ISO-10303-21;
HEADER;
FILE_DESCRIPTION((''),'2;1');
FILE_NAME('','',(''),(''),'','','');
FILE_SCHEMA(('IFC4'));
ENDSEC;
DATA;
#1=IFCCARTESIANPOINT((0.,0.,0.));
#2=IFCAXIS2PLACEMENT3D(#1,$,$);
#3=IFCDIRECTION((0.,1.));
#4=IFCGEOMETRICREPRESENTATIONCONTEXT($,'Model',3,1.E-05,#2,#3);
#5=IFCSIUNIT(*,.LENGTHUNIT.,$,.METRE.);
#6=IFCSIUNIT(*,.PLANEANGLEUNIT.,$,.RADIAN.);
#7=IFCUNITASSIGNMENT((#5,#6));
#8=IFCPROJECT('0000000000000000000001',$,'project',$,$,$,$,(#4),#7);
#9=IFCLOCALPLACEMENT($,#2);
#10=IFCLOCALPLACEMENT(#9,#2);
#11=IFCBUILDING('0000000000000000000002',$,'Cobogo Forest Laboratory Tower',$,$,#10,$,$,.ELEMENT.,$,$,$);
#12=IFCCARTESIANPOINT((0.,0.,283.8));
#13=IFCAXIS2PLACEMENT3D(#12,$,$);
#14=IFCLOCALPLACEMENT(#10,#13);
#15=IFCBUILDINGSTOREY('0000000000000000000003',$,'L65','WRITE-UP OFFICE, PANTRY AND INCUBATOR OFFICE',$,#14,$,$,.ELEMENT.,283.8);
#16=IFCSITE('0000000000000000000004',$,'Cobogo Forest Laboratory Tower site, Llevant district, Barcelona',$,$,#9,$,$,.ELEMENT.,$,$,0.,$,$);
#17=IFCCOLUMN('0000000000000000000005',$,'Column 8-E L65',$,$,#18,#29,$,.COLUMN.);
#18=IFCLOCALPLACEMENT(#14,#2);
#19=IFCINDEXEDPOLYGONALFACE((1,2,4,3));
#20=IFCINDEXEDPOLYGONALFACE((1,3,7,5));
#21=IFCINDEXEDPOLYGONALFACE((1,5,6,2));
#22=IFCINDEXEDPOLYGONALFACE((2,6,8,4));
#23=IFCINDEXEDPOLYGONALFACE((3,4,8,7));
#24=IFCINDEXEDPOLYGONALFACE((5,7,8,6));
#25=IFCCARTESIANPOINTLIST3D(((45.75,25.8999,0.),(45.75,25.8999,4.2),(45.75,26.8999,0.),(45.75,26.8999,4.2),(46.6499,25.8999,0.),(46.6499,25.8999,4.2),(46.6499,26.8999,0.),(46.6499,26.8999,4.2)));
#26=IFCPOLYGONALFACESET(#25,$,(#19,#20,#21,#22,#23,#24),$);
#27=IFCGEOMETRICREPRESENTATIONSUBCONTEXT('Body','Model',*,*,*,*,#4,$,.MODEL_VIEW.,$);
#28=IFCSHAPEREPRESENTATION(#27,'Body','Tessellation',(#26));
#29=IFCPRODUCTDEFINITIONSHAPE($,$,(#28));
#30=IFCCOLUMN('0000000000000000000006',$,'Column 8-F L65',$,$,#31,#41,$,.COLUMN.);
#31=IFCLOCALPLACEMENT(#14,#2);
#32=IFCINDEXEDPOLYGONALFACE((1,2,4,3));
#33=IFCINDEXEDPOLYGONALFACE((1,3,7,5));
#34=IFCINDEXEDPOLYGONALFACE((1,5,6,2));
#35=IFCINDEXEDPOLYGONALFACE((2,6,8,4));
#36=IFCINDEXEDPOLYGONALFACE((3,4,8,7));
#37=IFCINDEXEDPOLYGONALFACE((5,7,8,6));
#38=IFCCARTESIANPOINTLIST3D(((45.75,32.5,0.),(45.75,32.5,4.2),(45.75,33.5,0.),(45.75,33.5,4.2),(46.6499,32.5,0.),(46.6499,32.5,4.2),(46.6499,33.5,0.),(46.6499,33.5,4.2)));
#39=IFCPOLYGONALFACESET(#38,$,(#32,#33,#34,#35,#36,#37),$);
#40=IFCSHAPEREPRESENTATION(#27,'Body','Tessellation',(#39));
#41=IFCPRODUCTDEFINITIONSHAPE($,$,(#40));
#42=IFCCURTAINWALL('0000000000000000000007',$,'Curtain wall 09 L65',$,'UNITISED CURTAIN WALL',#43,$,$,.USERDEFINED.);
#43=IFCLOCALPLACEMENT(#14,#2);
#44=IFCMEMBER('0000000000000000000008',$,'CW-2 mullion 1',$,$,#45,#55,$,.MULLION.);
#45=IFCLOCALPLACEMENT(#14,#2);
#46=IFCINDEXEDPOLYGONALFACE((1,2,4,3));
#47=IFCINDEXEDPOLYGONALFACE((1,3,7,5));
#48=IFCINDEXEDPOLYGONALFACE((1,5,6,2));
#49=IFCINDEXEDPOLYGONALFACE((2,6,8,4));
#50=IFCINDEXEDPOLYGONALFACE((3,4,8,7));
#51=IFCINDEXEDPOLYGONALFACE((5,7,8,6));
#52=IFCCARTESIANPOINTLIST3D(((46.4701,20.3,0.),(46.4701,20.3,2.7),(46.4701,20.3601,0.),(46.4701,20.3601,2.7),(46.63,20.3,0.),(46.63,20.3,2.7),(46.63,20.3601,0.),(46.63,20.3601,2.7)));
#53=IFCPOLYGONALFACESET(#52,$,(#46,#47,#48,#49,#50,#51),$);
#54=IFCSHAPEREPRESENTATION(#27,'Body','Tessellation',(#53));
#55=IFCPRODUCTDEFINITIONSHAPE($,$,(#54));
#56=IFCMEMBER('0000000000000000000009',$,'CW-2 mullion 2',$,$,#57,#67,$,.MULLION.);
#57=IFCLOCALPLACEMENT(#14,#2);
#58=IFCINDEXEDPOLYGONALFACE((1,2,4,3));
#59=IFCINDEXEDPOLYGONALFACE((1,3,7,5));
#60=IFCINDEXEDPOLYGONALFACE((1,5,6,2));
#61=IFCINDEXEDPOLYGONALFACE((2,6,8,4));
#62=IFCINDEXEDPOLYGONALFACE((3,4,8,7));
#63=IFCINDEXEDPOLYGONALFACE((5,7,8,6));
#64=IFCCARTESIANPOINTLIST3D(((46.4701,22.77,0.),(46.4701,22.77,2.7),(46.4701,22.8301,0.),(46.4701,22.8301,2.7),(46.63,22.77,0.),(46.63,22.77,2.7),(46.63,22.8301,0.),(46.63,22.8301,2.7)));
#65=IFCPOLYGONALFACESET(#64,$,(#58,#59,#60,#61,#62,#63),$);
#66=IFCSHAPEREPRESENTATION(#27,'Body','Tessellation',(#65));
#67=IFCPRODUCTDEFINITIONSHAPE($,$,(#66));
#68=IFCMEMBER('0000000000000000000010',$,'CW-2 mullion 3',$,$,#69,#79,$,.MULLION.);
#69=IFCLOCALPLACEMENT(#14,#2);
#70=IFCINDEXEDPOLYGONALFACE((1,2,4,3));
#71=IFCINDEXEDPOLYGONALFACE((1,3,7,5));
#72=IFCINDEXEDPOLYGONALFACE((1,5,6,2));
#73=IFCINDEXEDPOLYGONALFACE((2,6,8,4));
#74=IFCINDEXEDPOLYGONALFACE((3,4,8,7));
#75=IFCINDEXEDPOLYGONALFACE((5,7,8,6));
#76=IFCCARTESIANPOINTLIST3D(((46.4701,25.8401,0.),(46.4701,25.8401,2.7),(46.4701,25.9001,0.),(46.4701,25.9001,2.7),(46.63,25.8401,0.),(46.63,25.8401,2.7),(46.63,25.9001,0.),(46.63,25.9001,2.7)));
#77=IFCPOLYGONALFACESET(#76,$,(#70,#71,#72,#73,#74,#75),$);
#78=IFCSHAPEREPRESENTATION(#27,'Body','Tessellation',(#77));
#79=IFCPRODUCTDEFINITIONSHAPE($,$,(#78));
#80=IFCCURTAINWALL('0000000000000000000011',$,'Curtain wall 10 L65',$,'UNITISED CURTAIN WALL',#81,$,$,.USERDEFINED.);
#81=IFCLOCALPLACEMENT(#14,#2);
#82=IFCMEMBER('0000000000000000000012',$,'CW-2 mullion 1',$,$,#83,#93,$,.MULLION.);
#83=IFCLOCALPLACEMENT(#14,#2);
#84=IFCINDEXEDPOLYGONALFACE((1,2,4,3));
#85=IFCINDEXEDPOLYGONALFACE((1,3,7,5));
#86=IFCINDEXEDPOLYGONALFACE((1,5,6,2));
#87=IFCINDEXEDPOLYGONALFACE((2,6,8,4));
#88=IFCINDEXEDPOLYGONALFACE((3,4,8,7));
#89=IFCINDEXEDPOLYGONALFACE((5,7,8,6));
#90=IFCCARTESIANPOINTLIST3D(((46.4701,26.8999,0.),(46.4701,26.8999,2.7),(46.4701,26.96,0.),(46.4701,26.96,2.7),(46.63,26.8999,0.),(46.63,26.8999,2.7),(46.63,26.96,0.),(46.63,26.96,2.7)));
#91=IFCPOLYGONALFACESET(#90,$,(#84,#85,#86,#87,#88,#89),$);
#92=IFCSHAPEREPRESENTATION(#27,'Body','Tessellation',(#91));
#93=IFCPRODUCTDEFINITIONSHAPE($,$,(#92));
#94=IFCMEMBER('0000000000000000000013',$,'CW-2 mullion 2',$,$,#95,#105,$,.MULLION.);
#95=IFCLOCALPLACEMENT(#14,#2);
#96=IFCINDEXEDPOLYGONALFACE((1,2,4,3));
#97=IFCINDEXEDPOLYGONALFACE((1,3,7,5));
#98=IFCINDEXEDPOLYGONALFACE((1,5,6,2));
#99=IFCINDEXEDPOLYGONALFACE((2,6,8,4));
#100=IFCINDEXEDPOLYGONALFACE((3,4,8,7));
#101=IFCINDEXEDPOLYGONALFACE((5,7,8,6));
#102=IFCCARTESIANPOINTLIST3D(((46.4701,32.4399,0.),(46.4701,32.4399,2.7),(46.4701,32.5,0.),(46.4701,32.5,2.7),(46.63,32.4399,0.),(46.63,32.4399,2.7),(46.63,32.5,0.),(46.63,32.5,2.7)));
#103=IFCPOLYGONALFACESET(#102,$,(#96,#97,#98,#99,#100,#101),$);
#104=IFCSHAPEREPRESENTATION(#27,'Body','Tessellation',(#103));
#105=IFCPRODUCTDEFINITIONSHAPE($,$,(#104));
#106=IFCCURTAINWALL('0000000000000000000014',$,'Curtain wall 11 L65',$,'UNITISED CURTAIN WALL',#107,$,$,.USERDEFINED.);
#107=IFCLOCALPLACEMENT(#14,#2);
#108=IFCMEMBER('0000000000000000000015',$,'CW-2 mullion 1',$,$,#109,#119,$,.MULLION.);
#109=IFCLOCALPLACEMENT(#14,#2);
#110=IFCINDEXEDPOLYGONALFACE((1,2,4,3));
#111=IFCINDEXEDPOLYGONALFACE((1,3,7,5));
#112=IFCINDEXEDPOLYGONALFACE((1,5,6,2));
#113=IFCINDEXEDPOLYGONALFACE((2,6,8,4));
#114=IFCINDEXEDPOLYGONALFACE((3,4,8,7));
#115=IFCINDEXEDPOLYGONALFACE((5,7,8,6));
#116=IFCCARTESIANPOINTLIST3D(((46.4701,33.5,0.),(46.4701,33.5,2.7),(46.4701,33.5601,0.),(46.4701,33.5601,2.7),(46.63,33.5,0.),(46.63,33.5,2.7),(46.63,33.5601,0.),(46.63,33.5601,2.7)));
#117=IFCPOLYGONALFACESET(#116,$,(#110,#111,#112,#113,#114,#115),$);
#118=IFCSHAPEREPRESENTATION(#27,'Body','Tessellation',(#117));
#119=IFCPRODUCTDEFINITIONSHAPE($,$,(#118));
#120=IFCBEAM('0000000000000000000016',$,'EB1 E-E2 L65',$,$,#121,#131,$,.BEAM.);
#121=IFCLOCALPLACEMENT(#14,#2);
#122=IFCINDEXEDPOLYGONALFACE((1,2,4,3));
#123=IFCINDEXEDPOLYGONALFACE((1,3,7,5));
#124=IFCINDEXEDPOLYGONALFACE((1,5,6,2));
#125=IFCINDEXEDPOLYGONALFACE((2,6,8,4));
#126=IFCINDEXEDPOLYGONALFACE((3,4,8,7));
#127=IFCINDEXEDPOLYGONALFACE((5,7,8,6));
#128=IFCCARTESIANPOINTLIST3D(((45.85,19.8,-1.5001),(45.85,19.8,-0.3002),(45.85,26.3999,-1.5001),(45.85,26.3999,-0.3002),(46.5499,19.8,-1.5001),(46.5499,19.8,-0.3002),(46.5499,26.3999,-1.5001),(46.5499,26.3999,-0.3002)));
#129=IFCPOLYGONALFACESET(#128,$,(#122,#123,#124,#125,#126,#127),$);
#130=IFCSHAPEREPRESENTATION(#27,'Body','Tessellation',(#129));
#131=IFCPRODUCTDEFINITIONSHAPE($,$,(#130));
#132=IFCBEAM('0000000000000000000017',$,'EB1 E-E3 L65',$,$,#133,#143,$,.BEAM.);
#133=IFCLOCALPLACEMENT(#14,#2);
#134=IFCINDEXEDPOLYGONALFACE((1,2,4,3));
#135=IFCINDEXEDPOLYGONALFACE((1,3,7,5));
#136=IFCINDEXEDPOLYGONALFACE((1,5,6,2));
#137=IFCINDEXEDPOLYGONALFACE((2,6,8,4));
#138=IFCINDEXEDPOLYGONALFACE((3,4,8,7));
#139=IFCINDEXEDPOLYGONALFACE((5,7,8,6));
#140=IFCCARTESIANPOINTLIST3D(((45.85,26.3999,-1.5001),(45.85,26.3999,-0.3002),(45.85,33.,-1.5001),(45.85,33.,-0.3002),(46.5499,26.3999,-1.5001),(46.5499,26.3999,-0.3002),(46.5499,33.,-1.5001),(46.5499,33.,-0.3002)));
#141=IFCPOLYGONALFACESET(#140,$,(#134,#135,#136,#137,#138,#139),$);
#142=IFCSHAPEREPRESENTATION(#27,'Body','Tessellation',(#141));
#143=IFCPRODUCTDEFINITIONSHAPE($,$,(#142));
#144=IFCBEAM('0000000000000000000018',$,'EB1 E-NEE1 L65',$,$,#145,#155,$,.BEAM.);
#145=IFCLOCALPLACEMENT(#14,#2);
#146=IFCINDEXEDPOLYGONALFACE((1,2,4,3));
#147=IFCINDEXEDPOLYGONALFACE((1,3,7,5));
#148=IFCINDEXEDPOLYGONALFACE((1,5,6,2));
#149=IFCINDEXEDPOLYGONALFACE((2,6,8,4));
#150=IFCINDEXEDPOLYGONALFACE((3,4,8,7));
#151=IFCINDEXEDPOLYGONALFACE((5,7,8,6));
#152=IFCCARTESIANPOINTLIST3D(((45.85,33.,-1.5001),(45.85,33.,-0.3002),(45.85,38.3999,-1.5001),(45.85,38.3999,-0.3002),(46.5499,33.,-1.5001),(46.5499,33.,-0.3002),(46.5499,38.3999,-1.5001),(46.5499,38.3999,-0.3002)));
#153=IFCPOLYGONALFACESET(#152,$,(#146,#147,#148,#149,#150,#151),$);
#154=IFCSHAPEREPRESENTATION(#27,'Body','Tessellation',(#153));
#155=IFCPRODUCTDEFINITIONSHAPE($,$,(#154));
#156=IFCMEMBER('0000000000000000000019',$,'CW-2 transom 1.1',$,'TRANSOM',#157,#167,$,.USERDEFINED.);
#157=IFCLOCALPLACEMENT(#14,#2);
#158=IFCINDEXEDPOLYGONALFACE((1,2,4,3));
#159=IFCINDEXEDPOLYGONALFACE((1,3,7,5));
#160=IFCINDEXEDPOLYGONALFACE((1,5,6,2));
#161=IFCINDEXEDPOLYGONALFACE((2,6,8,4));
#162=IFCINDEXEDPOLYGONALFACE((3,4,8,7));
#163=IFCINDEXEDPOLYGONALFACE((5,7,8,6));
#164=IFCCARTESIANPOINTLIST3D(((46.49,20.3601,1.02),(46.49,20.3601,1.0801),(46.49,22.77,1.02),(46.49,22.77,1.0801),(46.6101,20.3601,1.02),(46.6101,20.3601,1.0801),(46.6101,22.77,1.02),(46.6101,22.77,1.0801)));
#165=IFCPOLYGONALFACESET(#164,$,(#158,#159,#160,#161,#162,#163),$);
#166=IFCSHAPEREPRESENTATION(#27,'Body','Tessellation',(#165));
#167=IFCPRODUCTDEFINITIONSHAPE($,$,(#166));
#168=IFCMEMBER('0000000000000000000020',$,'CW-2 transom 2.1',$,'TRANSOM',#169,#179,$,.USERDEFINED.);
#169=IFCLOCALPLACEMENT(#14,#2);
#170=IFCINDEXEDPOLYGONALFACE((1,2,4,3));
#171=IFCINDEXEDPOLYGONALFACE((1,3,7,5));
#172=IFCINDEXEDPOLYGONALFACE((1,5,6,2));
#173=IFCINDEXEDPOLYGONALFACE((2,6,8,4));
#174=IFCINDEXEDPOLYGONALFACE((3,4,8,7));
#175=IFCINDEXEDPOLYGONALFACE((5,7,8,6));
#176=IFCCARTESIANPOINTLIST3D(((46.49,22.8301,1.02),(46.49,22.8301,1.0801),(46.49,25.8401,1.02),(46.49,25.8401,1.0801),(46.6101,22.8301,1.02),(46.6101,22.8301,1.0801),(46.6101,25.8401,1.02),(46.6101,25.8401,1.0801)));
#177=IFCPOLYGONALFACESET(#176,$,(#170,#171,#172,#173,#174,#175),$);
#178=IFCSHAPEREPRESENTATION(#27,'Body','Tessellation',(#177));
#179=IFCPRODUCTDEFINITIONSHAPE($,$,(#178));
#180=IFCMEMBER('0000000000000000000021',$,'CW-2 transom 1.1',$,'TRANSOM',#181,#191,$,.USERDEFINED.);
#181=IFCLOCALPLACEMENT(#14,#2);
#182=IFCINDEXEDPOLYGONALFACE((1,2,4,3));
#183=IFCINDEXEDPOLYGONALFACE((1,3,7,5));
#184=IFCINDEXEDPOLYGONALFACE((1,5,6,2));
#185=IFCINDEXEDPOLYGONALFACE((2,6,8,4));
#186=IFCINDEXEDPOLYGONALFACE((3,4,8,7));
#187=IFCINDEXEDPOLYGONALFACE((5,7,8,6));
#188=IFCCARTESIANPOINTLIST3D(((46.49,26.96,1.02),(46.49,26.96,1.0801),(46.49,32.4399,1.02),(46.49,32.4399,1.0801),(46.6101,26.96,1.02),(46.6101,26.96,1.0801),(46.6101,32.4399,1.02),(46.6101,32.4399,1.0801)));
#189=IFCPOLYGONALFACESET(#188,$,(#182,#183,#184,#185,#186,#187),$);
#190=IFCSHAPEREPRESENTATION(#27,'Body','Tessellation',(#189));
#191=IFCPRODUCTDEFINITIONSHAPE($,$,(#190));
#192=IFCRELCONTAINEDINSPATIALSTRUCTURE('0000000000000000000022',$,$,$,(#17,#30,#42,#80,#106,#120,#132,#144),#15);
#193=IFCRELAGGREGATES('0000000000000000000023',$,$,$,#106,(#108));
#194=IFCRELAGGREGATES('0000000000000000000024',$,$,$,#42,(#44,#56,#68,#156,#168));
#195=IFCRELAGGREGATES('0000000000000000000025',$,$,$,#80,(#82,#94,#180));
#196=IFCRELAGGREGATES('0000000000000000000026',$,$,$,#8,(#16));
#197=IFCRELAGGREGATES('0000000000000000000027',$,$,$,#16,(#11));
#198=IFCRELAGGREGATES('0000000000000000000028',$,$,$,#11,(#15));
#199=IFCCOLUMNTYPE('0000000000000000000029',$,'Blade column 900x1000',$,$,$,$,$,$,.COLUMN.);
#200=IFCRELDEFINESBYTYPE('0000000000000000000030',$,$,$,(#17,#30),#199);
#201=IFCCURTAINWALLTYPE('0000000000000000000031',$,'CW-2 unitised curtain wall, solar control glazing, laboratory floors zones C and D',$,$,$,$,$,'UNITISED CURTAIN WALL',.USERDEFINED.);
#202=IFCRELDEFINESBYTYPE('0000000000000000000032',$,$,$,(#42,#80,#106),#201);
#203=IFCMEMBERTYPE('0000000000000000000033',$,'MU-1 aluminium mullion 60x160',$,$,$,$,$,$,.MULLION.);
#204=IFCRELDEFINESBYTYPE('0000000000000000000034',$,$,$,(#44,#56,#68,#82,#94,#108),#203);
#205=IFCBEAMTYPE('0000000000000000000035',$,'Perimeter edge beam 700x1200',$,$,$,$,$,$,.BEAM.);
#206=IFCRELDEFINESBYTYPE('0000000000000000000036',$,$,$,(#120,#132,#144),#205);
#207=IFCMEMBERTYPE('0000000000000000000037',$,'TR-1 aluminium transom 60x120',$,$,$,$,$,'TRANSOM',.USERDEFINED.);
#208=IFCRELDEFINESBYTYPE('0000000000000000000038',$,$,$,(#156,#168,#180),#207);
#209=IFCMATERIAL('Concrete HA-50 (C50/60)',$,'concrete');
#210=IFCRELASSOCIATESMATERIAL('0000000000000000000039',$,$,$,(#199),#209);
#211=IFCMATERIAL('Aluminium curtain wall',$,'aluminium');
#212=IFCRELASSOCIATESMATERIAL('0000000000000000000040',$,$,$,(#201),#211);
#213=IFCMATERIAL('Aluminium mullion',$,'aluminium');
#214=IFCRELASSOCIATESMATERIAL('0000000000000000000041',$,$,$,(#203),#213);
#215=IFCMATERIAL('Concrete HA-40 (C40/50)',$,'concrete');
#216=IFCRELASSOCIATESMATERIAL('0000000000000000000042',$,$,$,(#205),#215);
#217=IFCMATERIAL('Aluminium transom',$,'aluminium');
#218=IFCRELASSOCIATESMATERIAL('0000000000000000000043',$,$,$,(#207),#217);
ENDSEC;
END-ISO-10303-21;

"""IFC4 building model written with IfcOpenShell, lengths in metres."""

from ifc_helpers import new_model, si_unit, direction, frame, origin, origin_2d, place, context, subcontext, project, spatial, rectangle, extrude, material, material_profile, profile_set, type_object, element, aggregate, save


model = new_model("IFC4")

# Units and contexts
model_context = context("Model", 3, precision=1e-05, world=origin(), true_north=direction((0.0, 1.0)))
body_context = subcontext(model_context, "Body", "Model", "MODEL_VIEW")
ifc_project = project(units=[si_unit("LENGTHUNIT", "METRE"), si_unit("PLANEANGLEUNIT", "RADIAN")], contexts=[model_context])

# Site, building, storey
site_placement = place(None, origin())
site = spatial("IfcSite", under=ifc_project, at=site_placement, Name="Cobogo Forest Laboratory Tower site, Llevant district, Barcelona", CompositionType="ELEMENT", RefElevation=0.0)
building_placement = place(site_placement, origin())
building = spatial("IfcBuilding", under=site, at=building_placement, Name="Cobogo Forest Laboratory Tower", CompositionType="ELEMENT")
storey_placement = place(building_placement, frame((0.0, 0.0, 283.8)))
storey = spatial("IfcBuildingStorey", under=building, at=storey_placement, Name="L65", Description="WRITE-UP OFFICE, PANTRY AND INCUBATOR OFFICE", CompositionType="ELEMENT", Elevation=283.8)

# Columns
ifc_material_1 = material(Name="Concrete HA-50 (C50/60)", Category="concrete")
ifc_material_profile_1 = material_profile(ifc_material_1, rectangle(XDim=1.0, YDim=0.8999, at=origin_2d()), Name="RC 900x1000")
ifc_profile_set_1 = profile_set([ifc_material_profile_1], Name="Concrete HA-50 (C50/60)")
column_type = type_object("IfcColumnType", Name="Blade column 900x1000", PredefinedType="COLUMN", material=ifc_profile_set_1)
for number, where, z_axis, x_axis, name in (
    (1, (46.2, 26.3999, 0.0), (0.0, 0.0, 1.0), (0.0, 1.0, 0.0), "Column 8-E L65"),
    (2, (46.2, 33.0, 0.0), (0.0, 0.0, 1.0), (0.0, 1.0, 0.0), "Column 8-F L65"),
):
    element("IfcColumn", number, at=place(storey_placement, frame(where, z_axis=z_axis, x_axis=x_axis)), inside=storey, type_object=column_type, Name=name, PredefinedType="COLUMN", context=body_context, shape_type="SweptSolid", body=[
        extrude(rectangle(XDim=1.0, YDim=0.8999, at=origin_2d()), origin(), (0.0, 0.0, 1.0), 4.2),
    ])

# Curtain walls, members
ifc_material_2 = material(Name="Aluminium curtain wall", Category="aluminium")
curtain_wall_type = type_object("IfcCurtainWallType", Name="CW-2 unitised curtain wall, solar control glazing, laboratory floors zones C and D", ElementType="UNITISED CURTAIN WALL", PredefinedType="USERDEFINED", material=ifc_material_2)
curtain_wall_1_placement = place(storey_placement, origin())
curtain_wall_1 = element("IfcCurtainWall", 3, at=curtain_wall_1_placement, inside=storey, type_object=curtain_wall_type, Name="Curtain wall 09 L65", ObjectType="UNITISED CURTAIN WALL", PredefinedType="USERDEFINED")
ifc_material_3 = material(Name="Aluminium mullion", Category="aluminium")
ifc_material_profile_2 = material_profile(ifc_material_3, rectangle(XDim=0.0601, YDim=0.1599, at=origin_2d()), Name="AL 60x160")
ifc_profile_set_2 = profile_set([ifc_material_profile_2], Name="Aluminium mullion")
member_type_1 = type_object("IfcMemberType", Name="MU-1 aluminium mullion 60x160", PredefinedType="MULLION", material=ifc_profile_set_2)
member_1_placement = place(storey_placement, frame((46.55, 20.3301, 0.0), z_axis=(0.0, 0.0, 1.0), x_axis=(0.0, 1.0, 0.0)))
member_1 = element("IfcMember", 4, at=member_1_placement, type_object=member_type_1, Name="CW-2 mullion 1", PredefinedType="MULLION", context=body_context, shape_type="SweptSolid", body=[
    extrude(rectangle(XDim=0.0601, YDim=0.1599, at=origin_2d()), origin(), (0.0, 0.0, 1.0), 2.7),
])
member_2_placement = place(storey_placement, frame((46.55, 22.8, 0.0), z_axis=(0.0, 0.0, 1.0), x_axis=(0.0, 1.0, 0.0)))
member_2 = element("IfcMember", 5, at=member_2_placement, type_object=member_type_1, Name="CW-2 mullion 2", PredefinedType="MULLION", context=body_context, shape_type="SweptSolid", body=[
    extrude(rectangle(XDim=0.0601, YDim=0.1599, at=origin_2d()), origin(), (0.0, 0.0, 1.0), 2.7),
])
member_3_placement = place(storey_placement, frame((46.55, 25.8701, 0.0), z_axis=(0.0, 0.0, 1.0), x_axis=(0.0, 1.0, 0.0)))
member_3 = element("IfcMember", 6, at=member_3_placement, type_object=member_type_1, Name="CW-2 mullion 3", PredefinedType="MULLION", context=body_context, shape_type="SweptSolid", body=[
    extrude(rectangle(XDim=0.0601, YDim=0.1599, at=origin_2d()), origin(), (0.0, 0.0, 1.0), 2.7),
])
curtain_wall_2_placement = place(storey_placement, origin())
curtain_wall_2 = element("IfcCurtainWall", 7, at=curtain_wall_2_placement, inside=storey, type_object=curtain_wall_type, Name="Curtain wall 10 L65", ObjectType="UNITISED CURTAIN WALL", PredefinedType="USERDEFINED")
member_4_placement = place(storey_placement, frame((46.55, 26.9299, 0.0), z_axis=(0.0, 0.0, 1.0), x_axis=(0.0, 1.0, 0.0)))
member_4 = element("IfcMember", 8, at=member_4_placement, type_object=member_type_1, Name="CW-2 mullion 1", PredefinedType="MULLION", context=body_context, shape_type="SweptSolid", body=[
    extrude(rectangle(XDim=0.0601, YDim=0.1599, at=origin_2d()), origin(), (0.0, 0.0, 1.0), 2.7),
])
member_5_placement = place(storey_placement, frame((46.55, 32.47, 0.0), z_axis=(0.0, 0.0, 1.0), x_axis=(0.0, 1.0, 0.0)))
member_5 = element("IfcMember", 9, at=member_5_placement, type_object=member_type_1, Name="CW-2 mullion 2", PredefinedType="MULLION", context=body_context, shape_type="SweptSolid", body=[
    extrude(rectangle(XDim=0.0601, YDim=0.1599, at=origin_2d()), origin(), (0.0, 0.0, 1.0), 2.7),
])

# Curtain wall, member
curtain_wall_3_placement = place(storey_placement, origin())
curtain_wall_3 = element("IfcCurtainWall", 10, at=curtain_wall_3_placement, inside=storey, type_object=curtain_wall_type, Name="Curtain wall 11 L65", ObjectType="UNITISED CURTAIN WALL", PredefinedType="USERDEFINED")
member_6_placement = place(storey_placement, frame((46.55, 33.53, 0.0), z_axis=(0.0, 0.0, 1.0), x_axis=(0.0, 1.0, 0.0)))
member_6 = element("IfcMember", 11, at=member_6_placement, type_object=member_type_1, Name="CW-2 mullion 1", PredefinedType="MULLION", context=body_context, shape_type="SweptSolid", body=[
    extrude(rectangle(XDim=0.0601, YDim=0.1599, at=origin_2d()), origin(), (0.0, 0.0, 1.0), 2.7),
])

# Beams
ifc_material_4 = material(Name="Concrete HA-40 (C40/50)", Category="concrete")
ifc_material_profile_3 = material_profile(ifc_material_4, rectangle(XDim=0.7, YDim=1.2, at=origin_2d()), Name="RC 700x1200")
ifc_profile_set_3 = profile_set([ifc_material_profile_3], Name="Concrete HA-40 (C40/50)")
beam_type = type_object("IfcBeamType", Name="Perimeter edge beam 700x1200", PredefinedType="BEAM", material=ifc_profile_set_3)
beam_1_placement = place(storey_placement, frame((46.2, 19.8, -0.9001), z_axis=(0.0, 1.0, 0.0), x_axis=(-1.0, 0.0, 0.0)))
element("IfcBeam", 12, at=beam_1_placement, inside=storey, type_object=beam_type, Name="EB1 E-E2 L65", PredefinedType="BEAM", context=body_context, shape_type="SweptSolid", body=[
    extrude(rectangle(XDim=0.7, YDim=1.2, at=origin_2d()), origin(), (0.0, 0.0, 1.0), 6.5999),
])
beam_2_placement = place(storey_placement, frame((46.2, 26.3999, -0.9001), z_axis=(0.0, 1.0, 0.0), x_axis=(-1.0, 0.0, 0.0)))
element("IfcBeam", 13, at=beam_2_placement, inside=storey, type_object=beam_type, Name="EB1 E-E3 L65", PredefinedType="BEAM", context=body_context, shape_type="SweptSolid", body=[
    extrude(rectangle(XDim=0.7, YDim=1.2, at=origin_2d()), origin(), (0.0, 0.0, 1.0), 6.6001),
])
beam_3_placement = place(storey_placement, frame((46.2, 33.0, -0.9001), z_axis=(0.0, 1.0, 0.0), x_axis=(-1.0, 0.0, 0.0)))
element("IfcBeam", 14, at=beam_3_placement, inside=storey, type_object=beam_type, Name="EB1 E-NEE1 L65", PredefinedType="BEAM", context=body_context, shape_type="SweptSolid", body=[
    extrude(rectangle(XDim=0.7, YDim=1.2, at=origin_2d()), origin(), (0.0, 0.0, 1.0), 5.3999),
])

# Members
ifc_material_5 = material(Name="Aluminium transom", Category="aluminium")
ifc_material_profile_4 = material_profile(ifc_material_5, rectangle(XDim=0.1201, YDim=0.0601, at=origin_2d()), Name="AL 60x120")
ifc_profile_set_4 = profile_set([ifc_material_profile_4], Name="Aluminium transom")
member_type_2 = type_object("IfcMemberType", Name="TR-1 aluminium transom 60x120", ElementType="TRANSOM", PredefinedType="USERDEFINED", material=ifc_profile_set_4)
member_7_placement = place(storey_placement, frame((46.55, 20.3601, 1.05), z_axis=(0.0, 1.0, 0.0), x_axis=(-1.0, 0.0, 0.0)))
member_7 = element("IfcMember", 15, at=member_7_placement, type_object=member_type_2, Name="CW-2 transom 1.1", ObjectType="TRANSOM", PredefinedType="USERDEFINED", context=body_context, shape_type="SweptSolid", body=[
    extrude(rectangle(XDim=0.1201, YDim=0.0601, at=origin_2d()), origin(), (0.0, 0.0, 1.0), 2.4099),
])
member_8_placement = place(storey_placement, frame((46.55, 22.8301, 1.05), z_axis=(0.0, 1.0, 0.0), x_axis=(-1.0, 0.0, 0.0)))
member_8 = element("IfcMember", 16, at=member_8_placement, type_object=member_type_2, Name="CW-2 transom 2.1", ObjectType="TRANSOM", PredefinedType="USERDEFINED", context=body_context, shape_type="SweptSolid", body=[
    extrude(rectangle(XDim=0.1201, YDim=0.0601, at=origin_2d()), origin(), (0.0, 0.0, 1.0), 3.01),
])
member_9_placement = place(storey_placement, frame((46.55, 26.96, 1.05), z_axis=(0.0, 1.0, 0.0), x_axis=(-1.0, 0.0, 0.0)))
member_9 = element("IfcMember", 17, at=member_9_placement, type_object=member_type_2, Name="CW-2 transom 1.1", ObjectType="TRANSOM", PredefinedType="USERDEFINED", context=body_context, shape_type="SweptSolid", body=[
    extrude(rectangle(XDim=0.1201, YDim=0.0601, at=origin_2d()), origin(), (0.0, 0.0, 1.0), 5.48),
])
aggregate(curtain_wall_3, [member_6])

aggregate(curtain_wall_1, [member_1, member_2, member_3, member_7, member_8])
aggregate(curtain_wall_2, [member_4, member_5, member_9])

save(model, "model.ifc")
